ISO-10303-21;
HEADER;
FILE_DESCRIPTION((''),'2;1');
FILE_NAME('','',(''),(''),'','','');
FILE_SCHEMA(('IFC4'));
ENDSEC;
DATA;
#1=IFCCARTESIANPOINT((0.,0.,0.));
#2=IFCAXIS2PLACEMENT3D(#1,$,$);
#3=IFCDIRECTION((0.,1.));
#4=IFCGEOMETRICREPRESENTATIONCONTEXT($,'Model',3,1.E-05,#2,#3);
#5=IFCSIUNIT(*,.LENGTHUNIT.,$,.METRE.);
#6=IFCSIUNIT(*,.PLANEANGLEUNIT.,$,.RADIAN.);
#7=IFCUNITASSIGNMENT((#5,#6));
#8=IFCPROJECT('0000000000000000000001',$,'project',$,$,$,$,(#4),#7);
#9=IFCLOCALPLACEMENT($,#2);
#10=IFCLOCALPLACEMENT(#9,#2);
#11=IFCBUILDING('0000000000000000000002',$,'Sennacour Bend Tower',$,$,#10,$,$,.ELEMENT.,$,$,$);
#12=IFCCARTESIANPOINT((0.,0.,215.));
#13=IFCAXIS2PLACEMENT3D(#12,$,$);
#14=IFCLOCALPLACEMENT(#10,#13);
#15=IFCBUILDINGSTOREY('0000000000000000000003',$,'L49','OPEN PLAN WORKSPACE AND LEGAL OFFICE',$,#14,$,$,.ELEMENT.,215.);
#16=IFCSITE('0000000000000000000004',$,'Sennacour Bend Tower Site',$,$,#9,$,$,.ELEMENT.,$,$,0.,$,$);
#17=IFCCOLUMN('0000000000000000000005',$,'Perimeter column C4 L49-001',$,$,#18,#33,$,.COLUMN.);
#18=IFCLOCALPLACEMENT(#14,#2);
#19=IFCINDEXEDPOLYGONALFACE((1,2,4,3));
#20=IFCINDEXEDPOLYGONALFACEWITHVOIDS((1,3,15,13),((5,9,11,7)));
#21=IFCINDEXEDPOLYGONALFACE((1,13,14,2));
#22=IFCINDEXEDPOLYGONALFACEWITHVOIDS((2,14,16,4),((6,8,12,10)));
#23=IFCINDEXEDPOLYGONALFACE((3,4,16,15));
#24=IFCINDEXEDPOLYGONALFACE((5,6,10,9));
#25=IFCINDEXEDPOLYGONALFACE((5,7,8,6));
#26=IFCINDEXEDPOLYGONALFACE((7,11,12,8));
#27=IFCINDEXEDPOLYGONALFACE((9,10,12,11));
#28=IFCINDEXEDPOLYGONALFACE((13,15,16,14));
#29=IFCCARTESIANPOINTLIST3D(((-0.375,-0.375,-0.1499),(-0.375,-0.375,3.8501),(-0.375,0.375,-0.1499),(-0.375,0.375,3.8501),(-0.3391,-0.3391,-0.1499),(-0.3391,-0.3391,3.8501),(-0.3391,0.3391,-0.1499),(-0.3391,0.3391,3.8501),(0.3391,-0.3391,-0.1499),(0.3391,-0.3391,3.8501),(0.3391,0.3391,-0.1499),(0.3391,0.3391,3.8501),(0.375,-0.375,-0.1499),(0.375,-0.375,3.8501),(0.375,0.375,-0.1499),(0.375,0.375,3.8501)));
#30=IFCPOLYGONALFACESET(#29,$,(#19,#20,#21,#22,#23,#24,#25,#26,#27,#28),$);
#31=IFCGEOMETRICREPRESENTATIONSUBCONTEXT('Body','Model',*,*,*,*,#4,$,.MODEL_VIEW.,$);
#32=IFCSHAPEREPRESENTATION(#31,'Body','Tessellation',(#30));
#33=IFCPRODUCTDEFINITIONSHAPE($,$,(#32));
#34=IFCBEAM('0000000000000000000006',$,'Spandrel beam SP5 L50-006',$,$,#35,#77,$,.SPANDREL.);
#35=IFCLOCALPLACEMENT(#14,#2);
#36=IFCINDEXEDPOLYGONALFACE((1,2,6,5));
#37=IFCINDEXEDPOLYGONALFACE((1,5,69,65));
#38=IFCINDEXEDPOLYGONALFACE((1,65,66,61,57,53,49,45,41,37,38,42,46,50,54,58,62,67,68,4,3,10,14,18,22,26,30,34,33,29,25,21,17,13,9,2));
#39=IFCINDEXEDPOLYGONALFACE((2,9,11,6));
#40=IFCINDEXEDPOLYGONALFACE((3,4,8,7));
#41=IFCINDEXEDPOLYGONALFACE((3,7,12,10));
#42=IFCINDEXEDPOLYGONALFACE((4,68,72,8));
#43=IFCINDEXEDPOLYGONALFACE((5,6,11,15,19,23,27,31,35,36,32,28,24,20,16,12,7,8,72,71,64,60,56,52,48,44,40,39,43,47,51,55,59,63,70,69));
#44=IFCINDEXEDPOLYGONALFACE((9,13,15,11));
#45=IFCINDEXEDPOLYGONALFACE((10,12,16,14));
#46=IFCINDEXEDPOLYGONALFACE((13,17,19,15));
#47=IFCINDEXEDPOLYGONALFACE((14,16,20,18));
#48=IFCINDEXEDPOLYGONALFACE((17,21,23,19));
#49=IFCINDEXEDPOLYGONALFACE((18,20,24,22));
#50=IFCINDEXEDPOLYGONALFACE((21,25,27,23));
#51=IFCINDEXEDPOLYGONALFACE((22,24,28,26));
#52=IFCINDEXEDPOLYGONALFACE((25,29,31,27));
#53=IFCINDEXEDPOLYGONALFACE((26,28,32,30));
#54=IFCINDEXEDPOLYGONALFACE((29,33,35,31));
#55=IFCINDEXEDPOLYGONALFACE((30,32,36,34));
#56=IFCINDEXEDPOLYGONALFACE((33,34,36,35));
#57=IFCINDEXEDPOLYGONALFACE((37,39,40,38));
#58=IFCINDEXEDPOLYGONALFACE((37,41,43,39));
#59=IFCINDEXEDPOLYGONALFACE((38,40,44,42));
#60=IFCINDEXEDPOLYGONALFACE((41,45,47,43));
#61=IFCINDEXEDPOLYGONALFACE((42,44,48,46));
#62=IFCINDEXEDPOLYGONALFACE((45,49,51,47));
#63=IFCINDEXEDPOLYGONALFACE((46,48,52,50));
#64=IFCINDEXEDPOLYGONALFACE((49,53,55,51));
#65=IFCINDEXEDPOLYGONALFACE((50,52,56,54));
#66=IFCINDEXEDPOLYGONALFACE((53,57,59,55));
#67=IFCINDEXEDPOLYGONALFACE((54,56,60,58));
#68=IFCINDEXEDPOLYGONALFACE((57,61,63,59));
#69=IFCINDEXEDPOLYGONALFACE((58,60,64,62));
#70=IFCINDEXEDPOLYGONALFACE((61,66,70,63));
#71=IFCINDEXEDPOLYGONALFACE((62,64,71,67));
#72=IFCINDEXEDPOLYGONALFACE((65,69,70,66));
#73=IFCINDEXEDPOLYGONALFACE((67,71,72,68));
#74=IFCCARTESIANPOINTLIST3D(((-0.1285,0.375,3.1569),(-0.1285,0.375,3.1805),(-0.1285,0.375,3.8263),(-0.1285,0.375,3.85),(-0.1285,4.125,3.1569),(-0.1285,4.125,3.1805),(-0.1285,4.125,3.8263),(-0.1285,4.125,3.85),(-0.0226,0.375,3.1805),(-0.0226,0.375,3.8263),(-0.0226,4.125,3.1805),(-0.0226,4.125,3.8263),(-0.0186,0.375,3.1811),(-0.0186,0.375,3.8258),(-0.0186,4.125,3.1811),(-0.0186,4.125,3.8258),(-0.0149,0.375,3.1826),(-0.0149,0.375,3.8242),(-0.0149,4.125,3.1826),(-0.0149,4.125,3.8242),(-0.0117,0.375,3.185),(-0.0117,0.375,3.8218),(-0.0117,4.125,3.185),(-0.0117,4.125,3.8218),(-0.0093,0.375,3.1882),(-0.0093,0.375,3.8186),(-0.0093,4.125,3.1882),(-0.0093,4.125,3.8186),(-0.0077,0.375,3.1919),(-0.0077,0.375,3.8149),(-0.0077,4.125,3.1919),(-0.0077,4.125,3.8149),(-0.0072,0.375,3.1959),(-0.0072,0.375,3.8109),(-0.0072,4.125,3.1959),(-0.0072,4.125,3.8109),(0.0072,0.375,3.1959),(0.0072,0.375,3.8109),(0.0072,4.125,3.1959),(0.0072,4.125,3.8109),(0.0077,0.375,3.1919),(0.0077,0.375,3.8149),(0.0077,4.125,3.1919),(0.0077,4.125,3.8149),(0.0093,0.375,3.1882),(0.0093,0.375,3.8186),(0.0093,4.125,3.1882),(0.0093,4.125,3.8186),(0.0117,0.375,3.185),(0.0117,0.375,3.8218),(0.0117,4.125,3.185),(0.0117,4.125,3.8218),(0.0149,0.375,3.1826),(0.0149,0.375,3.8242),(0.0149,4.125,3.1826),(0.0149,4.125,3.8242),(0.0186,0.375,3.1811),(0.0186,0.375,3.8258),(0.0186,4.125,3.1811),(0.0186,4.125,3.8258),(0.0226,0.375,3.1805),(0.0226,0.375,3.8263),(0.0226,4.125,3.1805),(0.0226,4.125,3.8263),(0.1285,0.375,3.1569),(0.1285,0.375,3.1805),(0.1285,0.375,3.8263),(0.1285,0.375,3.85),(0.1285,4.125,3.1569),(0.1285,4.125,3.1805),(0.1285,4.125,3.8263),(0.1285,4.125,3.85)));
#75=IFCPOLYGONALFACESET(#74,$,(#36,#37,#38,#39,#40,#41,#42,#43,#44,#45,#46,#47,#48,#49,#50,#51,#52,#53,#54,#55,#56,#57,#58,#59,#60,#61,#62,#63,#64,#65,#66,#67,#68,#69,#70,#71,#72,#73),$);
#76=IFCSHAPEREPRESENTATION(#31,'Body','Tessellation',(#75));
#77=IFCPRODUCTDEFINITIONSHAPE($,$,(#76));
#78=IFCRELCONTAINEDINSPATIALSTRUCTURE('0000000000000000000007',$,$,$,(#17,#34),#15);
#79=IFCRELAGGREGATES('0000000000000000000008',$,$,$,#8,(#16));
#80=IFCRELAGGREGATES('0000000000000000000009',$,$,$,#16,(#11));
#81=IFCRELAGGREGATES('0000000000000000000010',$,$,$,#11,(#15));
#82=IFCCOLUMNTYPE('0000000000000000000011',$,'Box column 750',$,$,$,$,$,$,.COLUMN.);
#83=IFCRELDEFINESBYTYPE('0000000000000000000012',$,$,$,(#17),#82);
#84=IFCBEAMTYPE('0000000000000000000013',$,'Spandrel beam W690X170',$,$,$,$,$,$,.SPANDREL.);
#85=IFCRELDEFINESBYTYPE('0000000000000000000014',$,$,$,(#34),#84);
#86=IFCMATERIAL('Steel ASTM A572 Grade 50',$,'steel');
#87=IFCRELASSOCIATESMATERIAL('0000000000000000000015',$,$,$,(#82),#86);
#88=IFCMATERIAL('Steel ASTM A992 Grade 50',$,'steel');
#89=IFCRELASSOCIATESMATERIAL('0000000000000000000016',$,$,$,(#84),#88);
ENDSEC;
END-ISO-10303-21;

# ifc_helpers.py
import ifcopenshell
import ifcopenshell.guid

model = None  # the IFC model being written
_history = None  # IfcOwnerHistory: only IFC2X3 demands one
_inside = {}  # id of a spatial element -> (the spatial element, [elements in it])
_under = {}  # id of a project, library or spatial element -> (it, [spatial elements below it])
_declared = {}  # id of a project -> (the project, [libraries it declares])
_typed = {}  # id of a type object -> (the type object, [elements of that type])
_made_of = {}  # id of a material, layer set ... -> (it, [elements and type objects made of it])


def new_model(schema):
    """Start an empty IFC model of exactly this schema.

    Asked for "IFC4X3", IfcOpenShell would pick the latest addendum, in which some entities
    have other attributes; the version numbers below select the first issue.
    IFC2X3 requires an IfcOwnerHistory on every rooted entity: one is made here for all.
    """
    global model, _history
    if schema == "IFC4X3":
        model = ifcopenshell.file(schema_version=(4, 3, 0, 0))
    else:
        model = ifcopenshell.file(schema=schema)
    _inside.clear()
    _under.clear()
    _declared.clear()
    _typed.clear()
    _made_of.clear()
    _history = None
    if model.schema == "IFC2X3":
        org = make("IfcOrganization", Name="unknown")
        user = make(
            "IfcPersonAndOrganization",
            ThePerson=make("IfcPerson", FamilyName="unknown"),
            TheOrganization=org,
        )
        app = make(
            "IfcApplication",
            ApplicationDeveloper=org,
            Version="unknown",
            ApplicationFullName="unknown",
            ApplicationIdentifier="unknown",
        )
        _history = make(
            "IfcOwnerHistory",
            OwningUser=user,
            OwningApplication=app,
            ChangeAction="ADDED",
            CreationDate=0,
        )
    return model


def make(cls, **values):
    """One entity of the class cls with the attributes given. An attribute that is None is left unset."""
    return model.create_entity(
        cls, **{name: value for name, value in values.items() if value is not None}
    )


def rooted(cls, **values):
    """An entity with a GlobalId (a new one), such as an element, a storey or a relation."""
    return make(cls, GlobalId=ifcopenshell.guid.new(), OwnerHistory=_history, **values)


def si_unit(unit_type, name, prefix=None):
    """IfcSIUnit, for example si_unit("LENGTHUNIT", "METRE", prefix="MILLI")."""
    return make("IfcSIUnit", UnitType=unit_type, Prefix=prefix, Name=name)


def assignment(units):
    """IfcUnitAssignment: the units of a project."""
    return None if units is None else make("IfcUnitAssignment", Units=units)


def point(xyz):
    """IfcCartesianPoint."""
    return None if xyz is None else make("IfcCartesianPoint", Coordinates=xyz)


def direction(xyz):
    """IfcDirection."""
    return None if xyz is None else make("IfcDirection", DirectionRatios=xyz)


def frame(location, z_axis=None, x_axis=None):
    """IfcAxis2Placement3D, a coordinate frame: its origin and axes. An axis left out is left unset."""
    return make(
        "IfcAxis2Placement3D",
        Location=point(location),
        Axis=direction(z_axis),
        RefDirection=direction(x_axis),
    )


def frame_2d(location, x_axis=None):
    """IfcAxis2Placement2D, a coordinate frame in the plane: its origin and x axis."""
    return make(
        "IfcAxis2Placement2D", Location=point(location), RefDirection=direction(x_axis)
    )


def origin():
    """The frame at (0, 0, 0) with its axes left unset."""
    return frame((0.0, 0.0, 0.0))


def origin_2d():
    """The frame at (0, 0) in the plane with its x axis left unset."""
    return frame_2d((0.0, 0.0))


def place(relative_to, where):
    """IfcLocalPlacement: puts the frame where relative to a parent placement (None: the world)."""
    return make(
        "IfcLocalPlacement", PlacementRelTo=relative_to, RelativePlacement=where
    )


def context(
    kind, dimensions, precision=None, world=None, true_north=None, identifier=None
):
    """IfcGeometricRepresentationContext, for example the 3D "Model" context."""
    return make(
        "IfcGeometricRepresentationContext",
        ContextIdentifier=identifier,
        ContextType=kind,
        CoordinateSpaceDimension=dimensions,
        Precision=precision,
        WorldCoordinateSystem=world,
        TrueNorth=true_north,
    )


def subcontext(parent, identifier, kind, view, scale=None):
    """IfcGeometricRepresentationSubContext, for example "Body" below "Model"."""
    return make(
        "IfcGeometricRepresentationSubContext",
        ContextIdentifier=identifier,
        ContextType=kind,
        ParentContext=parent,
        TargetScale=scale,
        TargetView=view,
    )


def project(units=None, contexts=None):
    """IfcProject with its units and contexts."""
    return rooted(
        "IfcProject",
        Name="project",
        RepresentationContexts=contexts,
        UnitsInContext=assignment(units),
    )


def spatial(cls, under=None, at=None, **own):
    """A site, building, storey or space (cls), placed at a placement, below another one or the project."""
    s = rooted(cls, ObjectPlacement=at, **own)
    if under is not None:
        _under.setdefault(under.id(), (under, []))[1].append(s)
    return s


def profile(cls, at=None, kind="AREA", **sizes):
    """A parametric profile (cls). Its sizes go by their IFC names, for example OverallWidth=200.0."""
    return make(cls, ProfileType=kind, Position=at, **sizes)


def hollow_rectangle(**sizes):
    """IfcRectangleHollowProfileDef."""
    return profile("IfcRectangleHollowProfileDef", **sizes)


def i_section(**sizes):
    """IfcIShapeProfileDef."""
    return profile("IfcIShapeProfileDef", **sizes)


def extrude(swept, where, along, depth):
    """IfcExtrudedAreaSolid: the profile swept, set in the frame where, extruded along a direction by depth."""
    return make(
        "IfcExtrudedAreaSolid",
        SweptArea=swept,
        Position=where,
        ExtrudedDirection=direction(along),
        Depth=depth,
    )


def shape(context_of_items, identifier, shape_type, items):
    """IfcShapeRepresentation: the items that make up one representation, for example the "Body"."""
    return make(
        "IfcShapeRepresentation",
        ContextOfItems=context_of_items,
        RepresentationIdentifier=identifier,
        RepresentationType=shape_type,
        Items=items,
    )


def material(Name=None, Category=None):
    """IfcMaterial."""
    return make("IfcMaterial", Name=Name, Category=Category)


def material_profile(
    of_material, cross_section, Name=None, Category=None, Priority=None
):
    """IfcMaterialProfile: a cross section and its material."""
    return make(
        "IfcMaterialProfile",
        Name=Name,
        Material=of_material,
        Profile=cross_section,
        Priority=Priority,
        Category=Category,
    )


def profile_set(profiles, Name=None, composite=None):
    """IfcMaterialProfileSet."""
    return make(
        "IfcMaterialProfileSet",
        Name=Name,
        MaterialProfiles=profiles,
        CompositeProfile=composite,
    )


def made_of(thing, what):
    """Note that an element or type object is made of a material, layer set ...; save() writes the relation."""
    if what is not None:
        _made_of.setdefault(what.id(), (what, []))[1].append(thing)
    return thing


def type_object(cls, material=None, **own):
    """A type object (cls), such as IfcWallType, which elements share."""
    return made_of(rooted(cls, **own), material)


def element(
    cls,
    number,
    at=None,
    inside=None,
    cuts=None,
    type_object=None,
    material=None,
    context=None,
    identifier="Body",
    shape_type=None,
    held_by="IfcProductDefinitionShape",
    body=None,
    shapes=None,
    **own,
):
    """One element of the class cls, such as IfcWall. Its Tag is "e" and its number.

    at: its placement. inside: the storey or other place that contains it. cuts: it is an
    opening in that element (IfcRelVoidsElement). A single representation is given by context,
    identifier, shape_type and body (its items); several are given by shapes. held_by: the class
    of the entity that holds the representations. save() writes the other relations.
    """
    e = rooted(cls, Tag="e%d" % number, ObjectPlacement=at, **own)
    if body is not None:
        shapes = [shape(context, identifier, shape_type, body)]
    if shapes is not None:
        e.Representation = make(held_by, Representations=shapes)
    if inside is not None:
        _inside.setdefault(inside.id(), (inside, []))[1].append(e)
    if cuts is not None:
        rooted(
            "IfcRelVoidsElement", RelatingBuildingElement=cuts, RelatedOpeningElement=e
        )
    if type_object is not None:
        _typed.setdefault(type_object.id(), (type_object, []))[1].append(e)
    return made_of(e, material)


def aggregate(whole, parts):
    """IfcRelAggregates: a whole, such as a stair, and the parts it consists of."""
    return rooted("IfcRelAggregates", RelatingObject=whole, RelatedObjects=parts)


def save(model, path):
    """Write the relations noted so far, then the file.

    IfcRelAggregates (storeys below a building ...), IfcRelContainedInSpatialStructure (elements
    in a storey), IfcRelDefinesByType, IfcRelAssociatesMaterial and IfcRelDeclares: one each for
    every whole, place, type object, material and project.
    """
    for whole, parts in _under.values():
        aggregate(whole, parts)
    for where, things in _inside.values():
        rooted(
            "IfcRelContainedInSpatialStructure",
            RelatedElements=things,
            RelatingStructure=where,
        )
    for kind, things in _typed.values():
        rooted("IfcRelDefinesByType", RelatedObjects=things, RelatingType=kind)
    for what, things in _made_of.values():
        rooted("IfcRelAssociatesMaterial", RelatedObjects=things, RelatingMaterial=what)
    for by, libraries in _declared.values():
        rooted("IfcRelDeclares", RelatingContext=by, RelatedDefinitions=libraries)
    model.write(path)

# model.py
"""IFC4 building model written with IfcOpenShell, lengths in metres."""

from ifc_helpers import new_model, si_unit, direction, frame, origin, origin_2d, place, context, subcontext, project, spatial, hollow_rectangle, i_section, extrude, material, material_profile, profile_set, type_object, element, save


model = new_model("IFC4")

# Units and contexts
model_context = context("Model", 3, precision=1e-05, world=origin(), true_north=direction((0.0, 1.0)))
body_context = subcontext(model_context, "Body", "Model", "MODEL_VIEW")
ifc_project = project(units=[si_unit("LENGTHUNIT", "METRE"), si_unit("PLANEANGLEUNIT", "RADIAN")], contexts=[model_context])

# Site, building, storey
site_placement = place(None, origin())
site = spatial("IfcSite", under=ifc_project, at=site_placement, Name="Sennacour Bend Tower Site", CompositionType="ELEMENT", RefElevation=0.0)
building_placement = place(site_placement, origin())
building = spatial("IfcBuilding", under=site, at=building_placement, Name="Sennacour Bend Tower", CompositionType="ELEMENT")
storey_placement = place(building_placement, frame((0.0, 0.0, 215.0)))
storey = spatial("IfcBuildingStorey", under=building, at=storey_placement, Name="L49", Description="OPEN PLAN WORKSPACE AND LEGAL OFFICE", CompositionType="ELEMENT", Elevation=215.0)

# Column
ifc_material_1 = material(Name="Steel ASTM A572 Grade 50", Category="steel")
ifc_material_profile_1 = material_profile(ifc_material_1, hollow_rectangle(XDim=0.75, YDim=0.75, WallThickness=0.0359, at=origin_2d()), Name="Steel ASTM A572 Grade 50", Category="steel")
ifc_profile_set_1 = profile_set([ifc_material_profile_1], Name="Steel ASTM A572 Grade 50")
column_type = type_object("IfcColumnType", Name="Box column 750", PredefinedType="COLUMN", material=ifc_profile_set_1)
column_placement = place(storey_placement, frame((0.0, 0.0, -0.1499), z_axis=(0.0, 0.0, 1.0), x_axis=(1.0, 0.0, 0.0)))
element("IfcColumn", 1, at=column_placement, inside=storey, type_object=column_type, Name="Perimeter column C4 L49-001", PredefinedType="COLUMN", context=body_context, shape_type="SweptSolid", body=[
    extrude(hollow_rectangle(XDim=0.75, YDim=0.75, WallThickness=0.0359, at=origin_2d()), origin(), (0.0, 0.0, 1.0), 4.0),
])

# Beam
ifc_material_2 = material(Name="Steel ASTM A992 Grade 50", Category="steel")
ifc_material_profile_2 = material_profile(ifc_material_2, i_section(OverallWidth=0.2571, OverallDepth=0.6931, WebThickness=0.0144, FlangeThickness=0.0237, FilletRadius=0.0154, at=origin_2d()), Name="Steel ASTM A992 Grade 50", Category="steel")
ifc_profile_set_2 = profile_set([ifc_material_profile_2], Name="Steel ASTM A992 Grade 50")
beam_type = type_object("IfcBeamType", Name="Spandrel beam W690X170", PredefinedType="SPANDREL", material=ifc_profile_set_2)
beam_placement = place(storey_placement, frame((0.0, 0.375, 3.5034), z_axis=(0.0, 1.0, 0.0), x_axis=(-1.0, 0.0, 0.0)))
element("IfcBeam", 2, at=beam_placement, inside=storey, type_object=beam_type, Name="Spandrel beam SP5 L50-006", PredefinedType="SPANDREL", context=body_context, shape_type="SweptSolid", body=[
    extrude(i_section(OverallWidth=0.2571, OverallDepth=0.6931, WebThickness=0.0144, FlangeThickness=0.0237, FilletRadius=0.0154, at=origin_2d()), origin(), (0.0, 0.0, 1.0), 3.75),
])

save(model, "model.ifc")
